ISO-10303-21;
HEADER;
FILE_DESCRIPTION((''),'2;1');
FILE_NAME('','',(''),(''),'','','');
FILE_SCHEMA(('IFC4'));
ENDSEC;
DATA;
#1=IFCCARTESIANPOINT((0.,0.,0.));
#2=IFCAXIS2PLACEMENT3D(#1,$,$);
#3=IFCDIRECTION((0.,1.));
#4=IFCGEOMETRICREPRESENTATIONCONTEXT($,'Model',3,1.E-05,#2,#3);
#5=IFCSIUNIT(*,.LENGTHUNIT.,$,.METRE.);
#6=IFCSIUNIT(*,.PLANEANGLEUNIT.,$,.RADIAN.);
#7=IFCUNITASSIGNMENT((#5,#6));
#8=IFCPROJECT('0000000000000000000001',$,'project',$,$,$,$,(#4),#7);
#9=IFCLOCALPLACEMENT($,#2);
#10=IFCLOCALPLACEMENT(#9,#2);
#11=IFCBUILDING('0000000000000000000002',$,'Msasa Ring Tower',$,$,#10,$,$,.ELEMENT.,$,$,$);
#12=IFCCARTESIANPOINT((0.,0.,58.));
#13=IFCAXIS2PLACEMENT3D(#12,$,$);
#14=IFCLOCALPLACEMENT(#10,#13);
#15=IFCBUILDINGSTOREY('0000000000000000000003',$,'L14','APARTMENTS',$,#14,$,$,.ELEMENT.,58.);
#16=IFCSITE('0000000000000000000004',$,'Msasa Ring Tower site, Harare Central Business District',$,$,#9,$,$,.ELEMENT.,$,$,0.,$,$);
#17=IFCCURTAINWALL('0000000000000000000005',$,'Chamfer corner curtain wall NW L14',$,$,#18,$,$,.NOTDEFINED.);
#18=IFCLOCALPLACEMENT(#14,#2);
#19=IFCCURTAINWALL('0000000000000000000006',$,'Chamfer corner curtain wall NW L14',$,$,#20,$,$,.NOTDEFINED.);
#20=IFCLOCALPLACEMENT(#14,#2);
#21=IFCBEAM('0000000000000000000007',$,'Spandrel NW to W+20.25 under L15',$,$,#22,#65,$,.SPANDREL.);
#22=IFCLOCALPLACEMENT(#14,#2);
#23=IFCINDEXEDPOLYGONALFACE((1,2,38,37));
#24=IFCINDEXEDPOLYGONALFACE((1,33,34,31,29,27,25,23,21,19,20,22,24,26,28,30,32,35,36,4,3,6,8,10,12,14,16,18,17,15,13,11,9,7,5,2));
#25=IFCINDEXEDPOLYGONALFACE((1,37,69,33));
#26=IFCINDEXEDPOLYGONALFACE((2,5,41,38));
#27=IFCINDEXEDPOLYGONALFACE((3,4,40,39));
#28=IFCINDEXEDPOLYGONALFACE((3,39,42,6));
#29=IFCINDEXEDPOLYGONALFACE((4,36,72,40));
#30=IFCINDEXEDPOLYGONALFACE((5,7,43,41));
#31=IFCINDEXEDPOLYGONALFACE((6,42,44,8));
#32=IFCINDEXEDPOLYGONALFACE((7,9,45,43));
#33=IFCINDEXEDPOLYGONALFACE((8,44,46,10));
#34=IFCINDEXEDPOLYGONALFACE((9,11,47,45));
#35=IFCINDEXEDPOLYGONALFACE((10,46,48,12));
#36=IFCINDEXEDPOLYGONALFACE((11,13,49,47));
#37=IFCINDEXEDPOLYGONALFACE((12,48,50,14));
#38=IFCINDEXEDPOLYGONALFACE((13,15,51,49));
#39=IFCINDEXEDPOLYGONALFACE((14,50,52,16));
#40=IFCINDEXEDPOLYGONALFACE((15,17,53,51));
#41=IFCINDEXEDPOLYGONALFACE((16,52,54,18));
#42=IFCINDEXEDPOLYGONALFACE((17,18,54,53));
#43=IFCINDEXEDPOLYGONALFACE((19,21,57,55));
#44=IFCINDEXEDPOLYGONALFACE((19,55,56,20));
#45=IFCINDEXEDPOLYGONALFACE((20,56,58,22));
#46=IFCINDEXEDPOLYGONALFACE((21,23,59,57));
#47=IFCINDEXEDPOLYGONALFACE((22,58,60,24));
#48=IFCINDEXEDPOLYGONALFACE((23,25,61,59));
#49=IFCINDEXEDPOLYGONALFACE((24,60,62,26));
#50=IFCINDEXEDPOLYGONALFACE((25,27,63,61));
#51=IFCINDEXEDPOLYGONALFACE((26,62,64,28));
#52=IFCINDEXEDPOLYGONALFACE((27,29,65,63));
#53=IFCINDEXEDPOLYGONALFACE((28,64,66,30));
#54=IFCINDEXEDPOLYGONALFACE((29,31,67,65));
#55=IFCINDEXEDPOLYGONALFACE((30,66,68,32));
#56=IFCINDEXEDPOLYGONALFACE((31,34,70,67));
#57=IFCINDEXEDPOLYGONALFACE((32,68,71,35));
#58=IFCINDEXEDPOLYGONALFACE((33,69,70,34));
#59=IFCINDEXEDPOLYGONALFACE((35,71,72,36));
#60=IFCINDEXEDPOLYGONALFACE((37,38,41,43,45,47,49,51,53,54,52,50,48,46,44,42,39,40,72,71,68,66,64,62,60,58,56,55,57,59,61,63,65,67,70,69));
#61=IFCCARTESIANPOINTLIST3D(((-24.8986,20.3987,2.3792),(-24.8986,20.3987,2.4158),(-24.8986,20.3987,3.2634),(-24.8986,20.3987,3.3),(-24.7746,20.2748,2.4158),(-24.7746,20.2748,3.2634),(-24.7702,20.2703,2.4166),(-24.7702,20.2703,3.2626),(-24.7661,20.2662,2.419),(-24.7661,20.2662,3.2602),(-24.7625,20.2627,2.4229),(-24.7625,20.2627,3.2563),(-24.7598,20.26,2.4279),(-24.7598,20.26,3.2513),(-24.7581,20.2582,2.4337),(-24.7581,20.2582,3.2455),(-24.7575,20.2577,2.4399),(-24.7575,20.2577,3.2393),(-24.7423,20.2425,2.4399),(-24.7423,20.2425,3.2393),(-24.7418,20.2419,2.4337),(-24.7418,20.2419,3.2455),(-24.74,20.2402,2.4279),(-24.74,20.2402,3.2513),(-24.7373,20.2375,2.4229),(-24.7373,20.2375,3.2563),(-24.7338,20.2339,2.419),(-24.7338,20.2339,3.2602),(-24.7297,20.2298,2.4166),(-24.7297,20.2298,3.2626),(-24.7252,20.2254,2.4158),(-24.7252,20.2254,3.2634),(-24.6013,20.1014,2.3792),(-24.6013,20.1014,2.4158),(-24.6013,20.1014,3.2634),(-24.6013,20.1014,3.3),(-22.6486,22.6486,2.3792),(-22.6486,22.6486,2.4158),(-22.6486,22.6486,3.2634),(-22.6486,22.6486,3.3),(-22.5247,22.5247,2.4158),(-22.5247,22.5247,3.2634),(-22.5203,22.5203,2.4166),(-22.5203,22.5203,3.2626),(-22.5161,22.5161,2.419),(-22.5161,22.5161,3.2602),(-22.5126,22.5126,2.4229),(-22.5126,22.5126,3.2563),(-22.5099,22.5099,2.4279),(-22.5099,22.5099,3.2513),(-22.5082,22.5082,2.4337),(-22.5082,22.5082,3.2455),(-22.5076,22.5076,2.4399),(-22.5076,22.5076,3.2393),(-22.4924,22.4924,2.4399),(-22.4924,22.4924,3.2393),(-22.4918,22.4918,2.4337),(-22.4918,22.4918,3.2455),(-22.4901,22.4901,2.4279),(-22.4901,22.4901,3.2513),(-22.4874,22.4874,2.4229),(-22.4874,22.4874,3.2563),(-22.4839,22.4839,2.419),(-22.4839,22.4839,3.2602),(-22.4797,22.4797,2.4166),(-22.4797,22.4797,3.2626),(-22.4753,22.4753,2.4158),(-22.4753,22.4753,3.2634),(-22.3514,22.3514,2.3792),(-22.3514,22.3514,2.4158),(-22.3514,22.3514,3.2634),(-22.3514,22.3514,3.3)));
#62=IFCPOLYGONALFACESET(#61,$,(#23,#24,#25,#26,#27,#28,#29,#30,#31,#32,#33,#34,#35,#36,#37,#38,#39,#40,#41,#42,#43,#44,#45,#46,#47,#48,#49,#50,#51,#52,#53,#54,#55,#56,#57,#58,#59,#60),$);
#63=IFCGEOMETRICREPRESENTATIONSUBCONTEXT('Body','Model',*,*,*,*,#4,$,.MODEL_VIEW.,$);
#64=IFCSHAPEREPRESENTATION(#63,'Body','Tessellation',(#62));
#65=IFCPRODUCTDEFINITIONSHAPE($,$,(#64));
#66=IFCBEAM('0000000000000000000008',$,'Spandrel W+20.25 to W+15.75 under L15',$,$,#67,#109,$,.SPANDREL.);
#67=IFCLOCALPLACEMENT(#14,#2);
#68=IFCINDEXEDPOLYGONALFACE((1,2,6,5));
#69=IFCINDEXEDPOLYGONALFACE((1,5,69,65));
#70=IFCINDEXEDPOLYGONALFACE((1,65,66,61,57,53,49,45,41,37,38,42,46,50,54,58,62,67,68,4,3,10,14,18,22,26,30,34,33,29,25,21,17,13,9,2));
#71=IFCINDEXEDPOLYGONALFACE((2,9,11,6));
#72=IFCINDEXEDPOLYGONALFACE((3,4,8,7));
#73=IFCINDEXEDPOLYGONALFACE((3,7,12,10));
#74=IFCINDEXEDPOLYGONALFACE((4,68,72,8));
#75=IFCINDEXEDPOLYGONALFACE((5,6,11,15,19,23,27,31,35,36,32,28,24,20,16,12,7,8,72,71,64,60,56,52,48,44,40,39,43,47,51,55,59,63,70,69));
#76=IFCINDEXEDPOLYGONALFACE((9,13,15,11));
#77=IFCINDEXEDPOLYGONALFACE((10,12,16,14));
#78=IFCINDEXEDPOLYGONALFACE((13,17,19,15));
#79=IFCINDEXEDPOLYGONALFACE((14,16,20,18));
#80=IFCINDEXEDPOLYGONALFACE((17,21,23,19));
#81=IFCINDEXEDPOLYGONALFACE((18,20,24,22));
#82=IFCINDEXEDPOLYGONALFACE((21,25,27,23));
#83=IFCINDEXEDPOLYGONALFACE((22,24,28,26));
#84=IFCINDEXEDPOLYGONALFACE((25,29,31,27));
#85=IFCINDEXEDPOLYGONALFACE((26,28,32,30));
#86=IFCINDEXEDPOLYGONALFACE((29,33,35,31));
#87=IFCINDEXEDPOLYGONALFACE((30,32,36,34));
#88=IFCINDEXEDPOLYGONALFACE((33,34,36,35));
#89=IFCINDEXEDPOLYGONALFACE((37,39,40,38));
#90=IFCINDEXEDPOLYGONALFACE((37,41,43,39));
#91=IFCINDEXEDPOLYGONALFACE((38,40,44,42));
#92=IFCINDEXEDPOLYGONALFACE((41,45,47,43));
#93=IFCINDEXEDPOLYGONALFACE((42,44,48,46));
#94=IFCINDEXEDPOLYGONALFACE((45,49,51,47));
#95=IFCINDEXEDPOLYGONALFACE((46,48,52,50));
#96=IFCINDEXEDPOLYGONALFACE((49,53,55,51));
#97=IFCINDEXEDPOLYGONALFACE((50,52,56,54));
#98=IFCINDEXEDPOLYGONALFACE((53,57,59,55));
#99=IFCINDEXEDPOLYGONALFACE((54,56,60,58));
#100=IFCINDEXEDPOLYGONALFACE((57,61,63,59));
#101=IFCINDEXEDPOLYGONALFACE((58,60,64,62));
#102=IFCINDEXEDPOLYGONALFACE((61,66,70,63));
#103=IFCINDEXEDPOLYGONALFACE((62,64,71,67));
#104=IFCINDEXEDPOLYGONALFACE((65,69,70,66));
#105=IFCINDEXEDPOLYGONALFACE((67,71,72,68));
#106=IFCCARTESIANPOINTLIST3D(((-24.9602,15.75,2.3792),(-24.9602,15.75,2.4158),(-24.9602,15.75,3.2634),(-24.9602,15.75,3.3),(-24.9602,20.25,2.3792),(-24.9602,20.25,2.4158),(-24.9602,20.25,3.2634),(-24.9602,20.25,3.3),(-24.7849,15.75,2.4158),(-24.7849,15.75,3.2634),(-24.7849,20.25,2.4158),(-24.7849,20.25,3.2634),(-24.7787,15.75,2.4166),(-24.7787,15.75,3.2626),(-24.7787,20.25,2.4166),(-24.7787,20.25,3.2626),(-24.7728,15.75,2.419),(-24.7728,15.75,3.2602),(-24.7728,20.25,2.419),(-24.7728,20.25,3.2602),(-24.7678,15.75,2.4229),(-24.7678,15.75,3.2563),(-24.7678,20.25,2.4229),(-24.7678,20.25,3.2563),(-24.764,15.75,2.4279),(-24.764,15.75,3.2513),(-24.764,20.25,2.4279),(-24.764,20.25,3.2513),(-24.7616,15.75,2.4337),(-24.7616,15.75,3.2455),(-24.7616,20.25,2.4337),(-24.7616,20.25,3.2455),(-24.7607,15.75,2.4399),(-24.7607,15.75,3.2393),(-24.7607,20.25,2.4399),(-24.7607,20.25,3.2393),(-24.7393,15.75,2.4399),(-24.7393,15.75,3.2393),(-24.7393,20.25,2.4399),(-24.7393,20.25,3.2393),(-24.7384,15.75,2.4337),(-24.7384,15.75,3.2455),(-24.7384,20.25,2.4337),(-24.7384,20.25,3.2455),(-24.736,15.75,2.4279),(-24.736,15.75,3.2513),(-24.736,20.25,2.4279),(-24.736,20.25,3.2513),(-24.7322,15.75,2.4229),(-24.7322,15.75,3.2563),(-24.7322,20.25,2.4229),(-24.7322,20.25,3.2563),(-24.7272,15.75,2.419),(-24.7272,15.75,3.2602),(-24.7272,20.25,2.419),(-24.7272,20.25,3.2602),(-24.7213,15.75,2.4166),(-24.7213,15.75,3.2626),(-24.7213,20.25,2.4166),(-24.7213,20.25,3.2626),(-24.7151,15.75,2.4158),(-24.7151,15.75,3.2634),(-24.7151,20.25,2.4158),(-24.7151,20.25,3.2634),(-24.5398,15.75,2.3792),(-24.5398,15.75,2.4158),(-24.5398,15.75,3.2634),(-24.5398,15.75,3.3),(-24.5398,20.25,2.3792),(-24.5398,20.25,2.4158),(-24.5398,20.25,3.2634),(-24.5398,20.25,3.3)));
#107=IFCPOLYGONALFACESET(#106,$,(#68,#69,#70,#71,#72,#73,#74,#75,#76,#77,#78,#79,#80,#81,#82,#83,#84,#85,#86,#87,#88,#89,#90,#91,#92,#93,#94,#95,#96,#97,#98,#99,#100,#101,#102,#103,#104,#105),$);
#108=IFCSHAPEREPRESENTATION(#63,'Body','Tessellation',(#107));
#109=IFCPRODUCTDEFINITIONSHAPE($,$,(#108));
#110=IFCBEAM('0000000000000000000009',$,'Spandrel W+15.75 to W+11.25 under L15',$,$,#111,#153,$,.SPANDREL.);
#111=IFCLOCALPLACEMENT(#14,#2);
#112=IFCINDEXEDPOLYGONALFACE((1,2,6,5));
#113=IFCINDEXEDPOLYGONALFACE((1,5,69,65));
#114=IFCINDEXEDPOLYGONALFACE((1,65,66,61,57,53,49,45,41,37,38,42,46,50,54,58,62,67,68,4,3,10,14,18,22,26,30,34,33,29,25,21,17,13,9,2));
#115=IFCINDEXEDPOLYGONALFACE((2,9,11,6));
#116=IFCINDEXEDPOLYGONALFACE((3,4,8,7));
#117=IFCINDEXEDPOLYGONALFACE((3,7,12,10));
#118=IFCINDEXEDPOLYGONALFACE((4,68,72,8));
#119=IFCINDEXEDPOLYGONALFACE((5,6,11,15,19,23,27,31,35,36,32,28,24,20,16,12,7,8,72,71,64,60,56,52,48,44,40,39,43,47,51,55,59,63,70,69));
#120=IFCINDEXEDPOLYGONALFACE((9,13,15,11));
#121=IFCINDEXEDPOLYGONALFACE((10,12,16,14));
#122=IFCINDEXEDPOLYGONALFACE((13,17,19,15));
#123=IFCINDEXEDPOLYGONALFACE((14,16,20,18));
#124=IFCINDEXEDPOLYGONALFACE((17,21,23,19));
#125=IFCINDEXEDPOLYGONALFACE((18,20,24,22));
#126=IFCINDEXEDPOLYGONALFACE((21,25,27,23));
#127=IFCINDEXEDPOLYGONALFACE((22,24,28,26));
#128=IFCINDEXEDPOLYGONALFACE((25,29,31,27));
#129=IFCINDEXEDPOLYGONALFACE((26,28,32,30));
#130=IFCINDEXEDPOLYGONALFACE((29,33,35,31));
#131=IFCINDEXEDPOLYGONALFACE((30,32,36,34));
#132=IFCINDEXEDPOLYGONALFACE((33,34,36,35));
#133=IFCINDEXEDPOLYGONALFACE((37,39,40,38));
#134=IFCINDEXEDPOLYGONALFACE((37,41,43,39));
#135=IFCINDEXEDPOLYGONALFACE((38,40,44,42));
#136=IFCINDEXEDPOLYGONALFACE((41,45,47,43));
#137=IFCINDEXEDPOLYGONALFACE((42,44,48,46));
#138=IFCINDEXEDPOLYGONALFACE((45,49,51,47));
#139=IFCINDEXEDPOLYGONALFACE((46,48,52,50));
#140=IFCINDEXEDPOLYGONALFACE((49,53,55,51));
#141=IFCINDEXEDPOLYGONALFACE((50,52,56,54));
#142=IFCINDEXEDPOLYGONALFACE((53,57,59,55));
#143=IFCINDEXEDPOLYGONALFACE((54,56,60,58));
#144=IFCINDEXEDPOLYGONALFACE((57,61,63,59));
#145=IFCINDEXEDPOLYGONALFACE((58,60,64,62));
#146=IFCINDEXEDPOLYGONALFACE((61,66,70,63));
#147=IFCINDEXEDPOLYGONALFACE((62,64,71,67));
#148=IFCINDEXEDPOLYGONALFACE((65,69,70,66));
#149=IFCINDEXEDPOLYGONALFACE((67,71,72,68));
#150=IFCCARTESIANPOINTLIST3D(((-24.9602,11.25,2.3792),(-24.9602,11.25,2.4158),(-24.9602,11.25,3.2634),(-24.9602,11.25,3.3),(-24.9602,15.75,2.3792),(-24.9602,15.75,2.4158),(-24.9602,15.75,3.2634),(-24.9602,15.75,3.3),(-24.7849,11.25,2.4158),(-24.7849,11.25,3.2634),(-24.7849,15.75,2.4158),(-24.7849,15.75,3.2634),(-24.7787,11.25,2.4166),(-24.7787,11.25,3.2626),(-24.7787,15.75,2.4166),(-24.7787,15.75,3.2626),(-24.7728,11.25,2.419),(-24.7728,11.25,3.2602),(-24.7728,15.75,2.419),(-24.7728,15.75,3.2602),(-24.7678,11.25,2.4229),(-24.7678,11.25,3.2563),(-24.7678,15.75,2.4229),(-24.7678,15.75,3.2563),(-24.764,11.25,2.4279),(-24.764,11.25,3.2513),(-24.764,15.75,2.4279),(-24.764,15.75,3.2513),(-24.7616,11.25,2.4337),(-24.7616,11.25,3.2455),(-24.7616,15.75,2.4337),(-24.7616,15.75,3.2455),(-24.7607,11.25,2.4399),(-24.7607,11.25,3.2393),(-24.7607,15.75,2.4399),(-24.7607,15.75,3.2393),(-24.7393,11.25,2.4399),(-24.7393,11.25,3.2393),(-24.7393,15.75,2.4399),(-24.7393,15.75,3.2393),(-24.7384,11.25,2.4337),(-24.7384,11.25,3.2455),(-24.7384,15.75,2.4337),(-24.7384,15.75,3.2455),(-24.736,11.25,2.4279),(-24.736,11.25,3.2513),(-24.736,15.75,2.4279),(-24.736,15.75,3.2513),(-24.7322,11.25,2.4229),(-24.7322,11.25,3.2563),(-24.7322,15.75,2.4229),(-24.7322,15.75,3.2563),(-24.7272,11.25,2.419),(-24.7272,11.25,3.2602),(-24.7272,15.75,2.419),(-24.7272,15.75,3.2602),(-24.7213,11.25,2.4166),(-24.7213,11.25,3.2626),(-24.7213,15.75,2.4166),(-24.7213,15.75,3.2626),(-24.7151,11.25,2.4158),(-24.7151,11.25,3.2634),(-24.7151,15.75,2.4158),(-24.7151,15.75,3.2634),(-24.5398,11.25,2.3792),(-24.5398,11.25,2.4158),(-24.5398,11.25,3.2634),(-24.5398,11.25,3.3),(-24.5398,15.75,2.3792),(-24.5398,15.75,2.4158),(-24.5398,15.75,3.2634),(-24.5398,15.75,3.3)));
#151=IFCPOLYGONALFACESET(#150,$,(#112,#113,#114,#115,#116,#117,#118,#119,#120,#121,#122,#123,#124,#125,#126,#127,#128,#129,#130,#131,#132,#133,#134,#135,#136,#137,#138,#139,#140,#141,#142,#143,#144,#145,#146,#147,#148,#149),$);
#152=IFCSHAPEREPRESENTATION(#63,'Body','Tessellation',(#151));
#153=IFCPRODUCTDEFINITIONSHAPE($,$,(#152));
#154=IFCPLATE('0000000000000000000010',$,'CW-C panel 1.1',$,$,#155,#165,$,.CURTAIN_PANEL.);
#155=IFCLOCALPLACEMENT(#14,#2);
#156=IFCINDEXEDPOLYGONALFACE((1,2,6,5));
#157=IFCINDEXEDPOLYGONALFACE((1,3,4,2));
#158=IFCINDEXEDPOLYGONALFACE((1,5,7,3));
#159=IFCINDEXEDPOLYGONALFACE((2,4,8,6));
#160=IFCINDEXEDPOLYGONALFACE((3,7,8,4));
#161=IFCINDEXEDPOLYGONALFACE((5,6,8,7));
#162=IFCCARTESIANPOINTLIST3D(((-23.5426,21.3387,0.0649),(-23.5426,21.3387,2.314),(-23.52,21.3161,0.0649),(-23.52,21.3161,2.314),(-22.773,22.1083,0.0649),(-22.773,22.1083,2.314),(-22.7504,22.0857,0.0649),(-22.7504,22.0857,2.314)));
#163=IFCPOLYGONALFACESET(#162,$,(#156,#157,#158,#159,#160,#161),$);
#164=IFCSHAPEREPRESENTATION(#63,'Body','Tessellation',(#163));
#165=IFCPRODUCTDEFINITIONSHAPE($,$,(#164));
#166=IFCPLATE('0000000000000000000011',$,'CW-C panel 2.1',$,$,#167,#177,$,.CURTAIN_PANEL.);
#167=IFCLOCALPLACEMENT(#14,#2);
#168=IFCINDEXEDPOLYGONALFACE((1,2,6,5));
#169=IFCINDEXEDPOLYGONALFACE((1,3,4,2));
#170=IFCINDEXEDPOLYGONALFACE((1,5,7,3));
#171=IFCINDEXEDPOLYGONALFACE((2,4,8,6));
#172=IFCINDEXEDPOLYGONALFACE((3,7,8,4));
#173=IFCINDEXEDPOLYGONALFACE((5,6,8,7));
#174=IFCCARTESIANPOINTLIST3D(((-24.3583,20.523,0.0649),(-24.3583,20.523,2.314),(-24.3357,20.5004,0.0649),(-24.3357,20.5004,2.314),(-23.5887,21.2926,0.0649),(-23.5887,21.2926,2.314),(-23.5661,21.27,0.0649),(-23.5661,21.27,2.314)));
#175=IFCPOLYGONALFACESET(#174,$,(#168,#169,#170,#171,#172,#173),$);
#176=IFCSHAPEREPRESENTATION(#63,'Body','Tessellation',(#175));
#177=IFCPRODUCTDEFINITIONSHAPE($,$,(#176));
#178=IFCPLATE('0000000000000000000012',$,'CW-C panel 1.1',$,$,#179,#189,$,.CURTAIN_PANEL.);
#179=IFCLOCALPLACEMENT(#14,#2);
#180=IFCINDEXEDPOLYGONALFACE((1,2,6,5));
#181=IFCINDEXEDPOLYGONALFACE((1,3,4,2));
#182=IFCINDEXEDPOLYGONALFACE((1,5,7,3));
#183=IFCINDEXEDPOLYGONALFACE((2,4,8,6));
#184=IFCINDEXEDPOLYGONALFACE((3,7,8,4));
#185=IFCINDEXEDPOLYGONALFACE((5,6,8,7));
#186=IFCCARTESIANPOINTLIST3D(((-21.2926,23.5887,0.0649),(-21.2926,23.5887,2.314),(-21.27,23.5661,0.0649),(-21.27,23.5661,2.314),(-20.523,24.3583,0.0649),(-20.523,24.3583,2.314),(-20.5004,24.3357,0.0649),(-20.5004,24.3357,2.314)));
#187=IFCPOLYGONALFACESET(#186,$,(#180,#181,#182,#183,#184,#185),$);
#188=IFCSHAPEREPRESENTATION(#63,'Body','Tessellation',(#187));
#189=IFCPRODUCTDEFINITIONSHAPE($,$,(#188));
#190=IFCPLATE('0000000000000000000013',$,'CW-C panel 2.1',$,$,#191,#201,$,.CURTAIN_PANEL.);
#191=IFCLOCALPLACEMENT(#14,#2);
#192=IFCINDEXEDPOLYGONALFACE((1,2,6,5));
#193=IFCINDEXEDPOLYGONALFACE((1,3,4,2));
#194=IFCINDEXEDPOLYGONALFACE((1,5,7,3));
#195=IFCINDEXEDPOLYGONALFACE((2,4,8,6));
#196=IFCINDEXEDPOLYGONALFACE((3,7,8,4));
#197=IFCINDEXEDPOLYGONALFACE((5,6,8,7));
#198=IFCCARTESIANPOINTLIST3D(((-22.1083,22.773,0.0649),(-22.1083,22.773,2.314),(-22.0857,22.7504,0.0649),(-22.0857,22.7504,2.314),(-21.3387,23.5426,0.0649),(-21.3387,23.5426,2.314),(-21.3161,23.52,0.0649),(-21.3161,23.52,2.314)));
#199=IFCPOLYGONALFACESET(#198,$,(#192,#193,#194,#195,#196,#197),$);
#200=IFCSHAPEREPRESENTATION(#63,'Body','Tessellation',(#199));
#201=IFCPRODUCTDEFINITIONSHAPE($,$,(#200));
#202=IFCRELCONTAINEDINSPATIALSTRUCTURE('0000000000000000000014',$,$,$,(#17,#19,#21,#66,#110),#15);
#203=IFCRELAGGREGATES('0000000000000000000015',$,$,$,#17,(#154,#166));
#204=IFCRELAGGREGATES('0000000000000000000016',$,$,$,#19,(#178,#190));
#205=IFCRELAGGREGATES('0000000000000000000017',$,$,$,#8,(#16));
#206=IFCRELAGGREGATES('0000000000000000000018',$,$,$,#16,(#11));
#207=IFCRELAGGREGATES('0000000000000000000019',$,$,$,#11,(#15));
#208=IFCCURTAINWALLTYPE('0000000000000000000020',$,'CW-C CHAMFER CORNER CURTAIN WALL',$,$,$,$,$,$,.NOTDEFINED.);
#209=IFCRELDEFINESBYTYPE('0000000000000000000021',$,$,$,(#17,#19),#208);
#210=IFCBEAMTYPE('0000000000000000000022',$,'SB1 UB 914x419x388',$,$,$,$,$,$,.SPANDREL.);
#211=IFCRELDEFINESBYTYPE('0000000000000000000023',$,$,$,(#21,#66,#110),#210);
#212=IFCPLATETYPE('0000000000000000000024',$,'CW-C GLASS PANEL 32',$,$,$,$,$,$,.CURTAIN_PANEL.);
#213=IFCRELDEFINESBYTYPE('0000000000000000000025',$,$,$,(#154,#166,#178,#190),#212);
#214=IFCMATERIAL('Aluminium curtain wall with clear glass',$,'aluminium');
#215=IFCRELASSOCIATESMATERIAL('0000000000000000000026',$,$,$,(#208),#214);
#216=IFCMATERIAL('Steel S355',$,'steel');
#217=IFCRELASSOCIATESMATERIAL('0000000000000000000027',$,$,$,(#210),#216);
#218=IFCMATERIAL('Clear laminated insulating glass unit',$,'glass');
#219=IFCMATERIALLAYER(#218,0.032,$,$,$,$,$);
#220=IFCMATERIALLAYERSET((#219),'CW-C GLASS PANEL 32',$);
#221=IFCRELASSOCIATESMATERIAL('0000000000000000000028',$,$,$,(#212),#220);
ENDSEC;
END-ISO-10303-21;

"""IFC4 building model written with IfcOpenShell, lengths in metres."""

from ifc_helpers import new_model, si_unit, direction, frame, origin, origin_2d, place, context, subcontext, project, spatial, rectangle, i_section, extrude, material, layer, layer_set, material_profile, profile_set, type_object, element, aggregate, save


model = new_model("IFC4")

# Units and contexts
model_context = context("Model", 3, precision=1e-05, world=origin(), true_north=direction((0.0, 1.0)))
body_context = subcontext(model_context, "Body", "Model", "MODEL_VIEW")
ifc_project = project(units=[si_unit("LENGTHUNIT", "METRE"), si_unit("PLANEANGLEUNIT", "RADIAN")], contexts=[model_context])

# Site, building, storey
site_placement = place(None, origin())
site = spatial("IfcSite", under=ifc_project, at=site_placement, Name="Msasa Ring Tower site, Harare Central Business District", CompositionType="ELEMENT", RefElevation=0.0)
building_placement = place(site_placement, origin())
building = spatial("IfcBuilding", under=site, at=building_placement, Name="Msasa Ring Tower", CompositionType="ELEMENT")
storey_placement = place(building_placement, frame((0.0, 0.0, 58.0)))
storey = spatial("IfcBuildingStorey", under=building, at=storey_placement, Name="L14", Description="APARTMENTS", CompositionType="ELEMENT", Elevation=58.0)

# Curtain walls
ifc_material_1 = material(Name="Aluminium curtain wall with clear glass", Category="aluminium")
curtain_wall_type = type_object("IfcCurtainWallType", Name="CW-C CHAMFER CORNER CURTAIN WALL", PredefinedType="NOTDEFINED", material=ifc_material_1)
curtain_wall_1_placement = place(storey_placement, origin())
curtain_wall_1 = element("IfcCurtainWall", 1, at=curtain_wall_1_placement, inside=storey, type_object=curtain_wall_type, Name="Chamfer corner curtain wall NW L14", PredefinedType="NOTDEFINED")
curtain_wall_2_placement = place(storey_placement, origin())
curtain_wall_2 = element("IfcCurtainWall", 2, at=curtain_wall_2_placement, inside=storey, type_object=curtain_wall_type, Name="Chamfer corner curtain wall NW L14", PredefinedType="NOTDEFINED")

# Beams
ifc_material_2 = material(Name="Steel S355", Category="steel")
ifc_material_profile_1 = material_profile(ifc_material_2, i_section(OverallWidth=0.4204, OverallDepth=0.9209, WebThickness=0.0215, FlangeThickness=0.0366, FilletRadius=0.0242, at=origin_2d()), Name="UB 914x419x388")
ifc_profile_set_1 = profile_set([ifc_material_profile_1], Name="Steel S355")
beam_type_1 = type_object("IfcBeamType", Name="SB1 UB 914x419x388", PredefinedType="SPANDREL", material=ifc_profile_set_1)
for number, where, z_axis, x_axis, name in (
    (3, (-22.5, 22.5, 2.8396), (-0.707107, -0.707107, 0.0), (0.707107, -0.707107, 0.0), "Spandrel NW to W+20.25 under L15"),
):
    element("IfcBeam", number, at=place(storey_placement, frame(where, z_axis=z_axis, x_axis=x_axis)), inside=storey, type_object=beam_type_1, Name=name, PredefinedType="SPANDREL", context=body_context, shape_type="SweptSolid", body=[
        extrude(i_section(OverallWidth=0.4204, OverallDepth=0.9209, WebThickness=0.0215, FlangeThickness=0.0366, FilletRadius=0.0242, at=origin_2d()), origin(), (0.0, 0.0, 1.0), 3.1819),
    ])
for number, where, z_axis, x_axis, name in (
    (4, (-24.75, 20.25, 2.8396), (0.0, -1.0, 0.0), (1.0, 0.0, 0.0), "Spandrel W+20.25 to W+15.75 under L15"),
    (5, (-24.75, 15.75, 2.8396), (0.0, -1.0, 0.0), (1.0, 0.0, 0.0), "Spandrel W+15.75 to W+11.25 under L15"),
):
    element("IfcBeam", number, at=place(storey_placement, frame(where, z_axis=z_axis, x_axis=x_axis)), inside=storey, type_object=beam_type_1, Name=name, PredefinedType="SPANDREL", context=body_context, shape_type="SweptSolid", body=[
        extrude(i_section(OverallWidth=0.4204, OverallDepth=0.9209, WebThickness=0.0215, FlangeThickness=0.0366, FilletRadius=0.0242, at=origin_2d()), origin(), (0.0, 0.0, 1.0), 4.5),
    ])

# Plates
ifc_material_3 = material(Name="Clear laminated insulating glass unit", Category="glass")
ifc_layer_1 = layer(ifc_material_3, 0.032)
ifc_layer_set_1 = layer_set([ifc_layer_1], Name="CW-C GLASS PANEL 32")
plate_type = type_object("IfcPlateType", Name="CW-C GLASS PANEL 32", PredefinedType="CURTAIN_PANEL", material=ifc_layer_set_1)
plate_1_placement = place(storey_placement, frame((-23.1465, 21.7122, 0.0649), z_axis=(0.0, 0.0, 1.0), x_axis=(-0.707107, -0.707107, 0.0)))
plate_1 = element("IfcPlate", 6, at=plate_1_placement, type_object=plate_type, Name="CW-C panel 1.1", PredefinedType="CURTAIN_PANEL", context=body_context, shape_type="SweptSolid", body=[
    extrude(rectangle(XDim=1.0884, YDim=0.032, at=origin_2d()), origin(), (0.0, 0.0, 1.0), 2.249),
])
plate_2_placement = place(storey_placement, frame((-23.9622, 20.8965, 0.0649), z_axis=(0.0, 0.0, 1.0), x_axis=(-0.707107, -0.707107, 0.0)))
plate_2 = element("IfcPlate", 7, at=plate_2_placement, type_object=plate_type, Name="CW-C panel 2.1", PredefinedType="CURTAIN_PANEL", context=body_context, shape_type="SweptSolid", body=[
    extrude(rectangle(XDim=1.0884, YDim=0.032, at=origin_2d()), origin(), (0.0, 0.0, 1.0), 2.249),
])
aggregate(curtain_wall_1, [plate_1, plate_2])
plate_3_placement = place(storey_placement, frame((-20.8965, 23.9622, 0.0649), z_axis=(0.0, 0.0, 1.0), x_axis=(-0.707107, -0.707107, 0.0)))
plate_3 = element("IfcPlate", 8, at=plate_3_placement, type_object=plate_type, Name="CW-C panel 1.1", PredefinedType="CURTAIN_PANEL", context=body_context, shape_type="SweptSolid", body=[
    extrude(rectangle(XDim=1.0884, YDim=0.032, at=origin_2d()), origin(), (0.0, 0.0, 1.0), 2.249),
])
plate_4_placement = place(storey_placement, frame((-21.7122, 23.1465, 0.0649), z_axis=(0.0, 0.0, 1.0), x_axis=(-0.707107, -0.707107, 0.0)))
plate_4 = element("IfcPlate", 9, at=plate_4_placement, type_object=plate_type, Name="CW-C panel 2.1", PredefinedType="CURTAIN_PANEL", context=body_context, shape_type="SweptSolid", body=[
    extrude(rectangle(XDim=1.0884, YDim=0.032, at=origin_2d()), origin(), (0.0, 0.0, 1.0), 2.249),
])
aggregate(curtain_wall_2, [plate_3, plate_4])

save(model, "model.ifc")
